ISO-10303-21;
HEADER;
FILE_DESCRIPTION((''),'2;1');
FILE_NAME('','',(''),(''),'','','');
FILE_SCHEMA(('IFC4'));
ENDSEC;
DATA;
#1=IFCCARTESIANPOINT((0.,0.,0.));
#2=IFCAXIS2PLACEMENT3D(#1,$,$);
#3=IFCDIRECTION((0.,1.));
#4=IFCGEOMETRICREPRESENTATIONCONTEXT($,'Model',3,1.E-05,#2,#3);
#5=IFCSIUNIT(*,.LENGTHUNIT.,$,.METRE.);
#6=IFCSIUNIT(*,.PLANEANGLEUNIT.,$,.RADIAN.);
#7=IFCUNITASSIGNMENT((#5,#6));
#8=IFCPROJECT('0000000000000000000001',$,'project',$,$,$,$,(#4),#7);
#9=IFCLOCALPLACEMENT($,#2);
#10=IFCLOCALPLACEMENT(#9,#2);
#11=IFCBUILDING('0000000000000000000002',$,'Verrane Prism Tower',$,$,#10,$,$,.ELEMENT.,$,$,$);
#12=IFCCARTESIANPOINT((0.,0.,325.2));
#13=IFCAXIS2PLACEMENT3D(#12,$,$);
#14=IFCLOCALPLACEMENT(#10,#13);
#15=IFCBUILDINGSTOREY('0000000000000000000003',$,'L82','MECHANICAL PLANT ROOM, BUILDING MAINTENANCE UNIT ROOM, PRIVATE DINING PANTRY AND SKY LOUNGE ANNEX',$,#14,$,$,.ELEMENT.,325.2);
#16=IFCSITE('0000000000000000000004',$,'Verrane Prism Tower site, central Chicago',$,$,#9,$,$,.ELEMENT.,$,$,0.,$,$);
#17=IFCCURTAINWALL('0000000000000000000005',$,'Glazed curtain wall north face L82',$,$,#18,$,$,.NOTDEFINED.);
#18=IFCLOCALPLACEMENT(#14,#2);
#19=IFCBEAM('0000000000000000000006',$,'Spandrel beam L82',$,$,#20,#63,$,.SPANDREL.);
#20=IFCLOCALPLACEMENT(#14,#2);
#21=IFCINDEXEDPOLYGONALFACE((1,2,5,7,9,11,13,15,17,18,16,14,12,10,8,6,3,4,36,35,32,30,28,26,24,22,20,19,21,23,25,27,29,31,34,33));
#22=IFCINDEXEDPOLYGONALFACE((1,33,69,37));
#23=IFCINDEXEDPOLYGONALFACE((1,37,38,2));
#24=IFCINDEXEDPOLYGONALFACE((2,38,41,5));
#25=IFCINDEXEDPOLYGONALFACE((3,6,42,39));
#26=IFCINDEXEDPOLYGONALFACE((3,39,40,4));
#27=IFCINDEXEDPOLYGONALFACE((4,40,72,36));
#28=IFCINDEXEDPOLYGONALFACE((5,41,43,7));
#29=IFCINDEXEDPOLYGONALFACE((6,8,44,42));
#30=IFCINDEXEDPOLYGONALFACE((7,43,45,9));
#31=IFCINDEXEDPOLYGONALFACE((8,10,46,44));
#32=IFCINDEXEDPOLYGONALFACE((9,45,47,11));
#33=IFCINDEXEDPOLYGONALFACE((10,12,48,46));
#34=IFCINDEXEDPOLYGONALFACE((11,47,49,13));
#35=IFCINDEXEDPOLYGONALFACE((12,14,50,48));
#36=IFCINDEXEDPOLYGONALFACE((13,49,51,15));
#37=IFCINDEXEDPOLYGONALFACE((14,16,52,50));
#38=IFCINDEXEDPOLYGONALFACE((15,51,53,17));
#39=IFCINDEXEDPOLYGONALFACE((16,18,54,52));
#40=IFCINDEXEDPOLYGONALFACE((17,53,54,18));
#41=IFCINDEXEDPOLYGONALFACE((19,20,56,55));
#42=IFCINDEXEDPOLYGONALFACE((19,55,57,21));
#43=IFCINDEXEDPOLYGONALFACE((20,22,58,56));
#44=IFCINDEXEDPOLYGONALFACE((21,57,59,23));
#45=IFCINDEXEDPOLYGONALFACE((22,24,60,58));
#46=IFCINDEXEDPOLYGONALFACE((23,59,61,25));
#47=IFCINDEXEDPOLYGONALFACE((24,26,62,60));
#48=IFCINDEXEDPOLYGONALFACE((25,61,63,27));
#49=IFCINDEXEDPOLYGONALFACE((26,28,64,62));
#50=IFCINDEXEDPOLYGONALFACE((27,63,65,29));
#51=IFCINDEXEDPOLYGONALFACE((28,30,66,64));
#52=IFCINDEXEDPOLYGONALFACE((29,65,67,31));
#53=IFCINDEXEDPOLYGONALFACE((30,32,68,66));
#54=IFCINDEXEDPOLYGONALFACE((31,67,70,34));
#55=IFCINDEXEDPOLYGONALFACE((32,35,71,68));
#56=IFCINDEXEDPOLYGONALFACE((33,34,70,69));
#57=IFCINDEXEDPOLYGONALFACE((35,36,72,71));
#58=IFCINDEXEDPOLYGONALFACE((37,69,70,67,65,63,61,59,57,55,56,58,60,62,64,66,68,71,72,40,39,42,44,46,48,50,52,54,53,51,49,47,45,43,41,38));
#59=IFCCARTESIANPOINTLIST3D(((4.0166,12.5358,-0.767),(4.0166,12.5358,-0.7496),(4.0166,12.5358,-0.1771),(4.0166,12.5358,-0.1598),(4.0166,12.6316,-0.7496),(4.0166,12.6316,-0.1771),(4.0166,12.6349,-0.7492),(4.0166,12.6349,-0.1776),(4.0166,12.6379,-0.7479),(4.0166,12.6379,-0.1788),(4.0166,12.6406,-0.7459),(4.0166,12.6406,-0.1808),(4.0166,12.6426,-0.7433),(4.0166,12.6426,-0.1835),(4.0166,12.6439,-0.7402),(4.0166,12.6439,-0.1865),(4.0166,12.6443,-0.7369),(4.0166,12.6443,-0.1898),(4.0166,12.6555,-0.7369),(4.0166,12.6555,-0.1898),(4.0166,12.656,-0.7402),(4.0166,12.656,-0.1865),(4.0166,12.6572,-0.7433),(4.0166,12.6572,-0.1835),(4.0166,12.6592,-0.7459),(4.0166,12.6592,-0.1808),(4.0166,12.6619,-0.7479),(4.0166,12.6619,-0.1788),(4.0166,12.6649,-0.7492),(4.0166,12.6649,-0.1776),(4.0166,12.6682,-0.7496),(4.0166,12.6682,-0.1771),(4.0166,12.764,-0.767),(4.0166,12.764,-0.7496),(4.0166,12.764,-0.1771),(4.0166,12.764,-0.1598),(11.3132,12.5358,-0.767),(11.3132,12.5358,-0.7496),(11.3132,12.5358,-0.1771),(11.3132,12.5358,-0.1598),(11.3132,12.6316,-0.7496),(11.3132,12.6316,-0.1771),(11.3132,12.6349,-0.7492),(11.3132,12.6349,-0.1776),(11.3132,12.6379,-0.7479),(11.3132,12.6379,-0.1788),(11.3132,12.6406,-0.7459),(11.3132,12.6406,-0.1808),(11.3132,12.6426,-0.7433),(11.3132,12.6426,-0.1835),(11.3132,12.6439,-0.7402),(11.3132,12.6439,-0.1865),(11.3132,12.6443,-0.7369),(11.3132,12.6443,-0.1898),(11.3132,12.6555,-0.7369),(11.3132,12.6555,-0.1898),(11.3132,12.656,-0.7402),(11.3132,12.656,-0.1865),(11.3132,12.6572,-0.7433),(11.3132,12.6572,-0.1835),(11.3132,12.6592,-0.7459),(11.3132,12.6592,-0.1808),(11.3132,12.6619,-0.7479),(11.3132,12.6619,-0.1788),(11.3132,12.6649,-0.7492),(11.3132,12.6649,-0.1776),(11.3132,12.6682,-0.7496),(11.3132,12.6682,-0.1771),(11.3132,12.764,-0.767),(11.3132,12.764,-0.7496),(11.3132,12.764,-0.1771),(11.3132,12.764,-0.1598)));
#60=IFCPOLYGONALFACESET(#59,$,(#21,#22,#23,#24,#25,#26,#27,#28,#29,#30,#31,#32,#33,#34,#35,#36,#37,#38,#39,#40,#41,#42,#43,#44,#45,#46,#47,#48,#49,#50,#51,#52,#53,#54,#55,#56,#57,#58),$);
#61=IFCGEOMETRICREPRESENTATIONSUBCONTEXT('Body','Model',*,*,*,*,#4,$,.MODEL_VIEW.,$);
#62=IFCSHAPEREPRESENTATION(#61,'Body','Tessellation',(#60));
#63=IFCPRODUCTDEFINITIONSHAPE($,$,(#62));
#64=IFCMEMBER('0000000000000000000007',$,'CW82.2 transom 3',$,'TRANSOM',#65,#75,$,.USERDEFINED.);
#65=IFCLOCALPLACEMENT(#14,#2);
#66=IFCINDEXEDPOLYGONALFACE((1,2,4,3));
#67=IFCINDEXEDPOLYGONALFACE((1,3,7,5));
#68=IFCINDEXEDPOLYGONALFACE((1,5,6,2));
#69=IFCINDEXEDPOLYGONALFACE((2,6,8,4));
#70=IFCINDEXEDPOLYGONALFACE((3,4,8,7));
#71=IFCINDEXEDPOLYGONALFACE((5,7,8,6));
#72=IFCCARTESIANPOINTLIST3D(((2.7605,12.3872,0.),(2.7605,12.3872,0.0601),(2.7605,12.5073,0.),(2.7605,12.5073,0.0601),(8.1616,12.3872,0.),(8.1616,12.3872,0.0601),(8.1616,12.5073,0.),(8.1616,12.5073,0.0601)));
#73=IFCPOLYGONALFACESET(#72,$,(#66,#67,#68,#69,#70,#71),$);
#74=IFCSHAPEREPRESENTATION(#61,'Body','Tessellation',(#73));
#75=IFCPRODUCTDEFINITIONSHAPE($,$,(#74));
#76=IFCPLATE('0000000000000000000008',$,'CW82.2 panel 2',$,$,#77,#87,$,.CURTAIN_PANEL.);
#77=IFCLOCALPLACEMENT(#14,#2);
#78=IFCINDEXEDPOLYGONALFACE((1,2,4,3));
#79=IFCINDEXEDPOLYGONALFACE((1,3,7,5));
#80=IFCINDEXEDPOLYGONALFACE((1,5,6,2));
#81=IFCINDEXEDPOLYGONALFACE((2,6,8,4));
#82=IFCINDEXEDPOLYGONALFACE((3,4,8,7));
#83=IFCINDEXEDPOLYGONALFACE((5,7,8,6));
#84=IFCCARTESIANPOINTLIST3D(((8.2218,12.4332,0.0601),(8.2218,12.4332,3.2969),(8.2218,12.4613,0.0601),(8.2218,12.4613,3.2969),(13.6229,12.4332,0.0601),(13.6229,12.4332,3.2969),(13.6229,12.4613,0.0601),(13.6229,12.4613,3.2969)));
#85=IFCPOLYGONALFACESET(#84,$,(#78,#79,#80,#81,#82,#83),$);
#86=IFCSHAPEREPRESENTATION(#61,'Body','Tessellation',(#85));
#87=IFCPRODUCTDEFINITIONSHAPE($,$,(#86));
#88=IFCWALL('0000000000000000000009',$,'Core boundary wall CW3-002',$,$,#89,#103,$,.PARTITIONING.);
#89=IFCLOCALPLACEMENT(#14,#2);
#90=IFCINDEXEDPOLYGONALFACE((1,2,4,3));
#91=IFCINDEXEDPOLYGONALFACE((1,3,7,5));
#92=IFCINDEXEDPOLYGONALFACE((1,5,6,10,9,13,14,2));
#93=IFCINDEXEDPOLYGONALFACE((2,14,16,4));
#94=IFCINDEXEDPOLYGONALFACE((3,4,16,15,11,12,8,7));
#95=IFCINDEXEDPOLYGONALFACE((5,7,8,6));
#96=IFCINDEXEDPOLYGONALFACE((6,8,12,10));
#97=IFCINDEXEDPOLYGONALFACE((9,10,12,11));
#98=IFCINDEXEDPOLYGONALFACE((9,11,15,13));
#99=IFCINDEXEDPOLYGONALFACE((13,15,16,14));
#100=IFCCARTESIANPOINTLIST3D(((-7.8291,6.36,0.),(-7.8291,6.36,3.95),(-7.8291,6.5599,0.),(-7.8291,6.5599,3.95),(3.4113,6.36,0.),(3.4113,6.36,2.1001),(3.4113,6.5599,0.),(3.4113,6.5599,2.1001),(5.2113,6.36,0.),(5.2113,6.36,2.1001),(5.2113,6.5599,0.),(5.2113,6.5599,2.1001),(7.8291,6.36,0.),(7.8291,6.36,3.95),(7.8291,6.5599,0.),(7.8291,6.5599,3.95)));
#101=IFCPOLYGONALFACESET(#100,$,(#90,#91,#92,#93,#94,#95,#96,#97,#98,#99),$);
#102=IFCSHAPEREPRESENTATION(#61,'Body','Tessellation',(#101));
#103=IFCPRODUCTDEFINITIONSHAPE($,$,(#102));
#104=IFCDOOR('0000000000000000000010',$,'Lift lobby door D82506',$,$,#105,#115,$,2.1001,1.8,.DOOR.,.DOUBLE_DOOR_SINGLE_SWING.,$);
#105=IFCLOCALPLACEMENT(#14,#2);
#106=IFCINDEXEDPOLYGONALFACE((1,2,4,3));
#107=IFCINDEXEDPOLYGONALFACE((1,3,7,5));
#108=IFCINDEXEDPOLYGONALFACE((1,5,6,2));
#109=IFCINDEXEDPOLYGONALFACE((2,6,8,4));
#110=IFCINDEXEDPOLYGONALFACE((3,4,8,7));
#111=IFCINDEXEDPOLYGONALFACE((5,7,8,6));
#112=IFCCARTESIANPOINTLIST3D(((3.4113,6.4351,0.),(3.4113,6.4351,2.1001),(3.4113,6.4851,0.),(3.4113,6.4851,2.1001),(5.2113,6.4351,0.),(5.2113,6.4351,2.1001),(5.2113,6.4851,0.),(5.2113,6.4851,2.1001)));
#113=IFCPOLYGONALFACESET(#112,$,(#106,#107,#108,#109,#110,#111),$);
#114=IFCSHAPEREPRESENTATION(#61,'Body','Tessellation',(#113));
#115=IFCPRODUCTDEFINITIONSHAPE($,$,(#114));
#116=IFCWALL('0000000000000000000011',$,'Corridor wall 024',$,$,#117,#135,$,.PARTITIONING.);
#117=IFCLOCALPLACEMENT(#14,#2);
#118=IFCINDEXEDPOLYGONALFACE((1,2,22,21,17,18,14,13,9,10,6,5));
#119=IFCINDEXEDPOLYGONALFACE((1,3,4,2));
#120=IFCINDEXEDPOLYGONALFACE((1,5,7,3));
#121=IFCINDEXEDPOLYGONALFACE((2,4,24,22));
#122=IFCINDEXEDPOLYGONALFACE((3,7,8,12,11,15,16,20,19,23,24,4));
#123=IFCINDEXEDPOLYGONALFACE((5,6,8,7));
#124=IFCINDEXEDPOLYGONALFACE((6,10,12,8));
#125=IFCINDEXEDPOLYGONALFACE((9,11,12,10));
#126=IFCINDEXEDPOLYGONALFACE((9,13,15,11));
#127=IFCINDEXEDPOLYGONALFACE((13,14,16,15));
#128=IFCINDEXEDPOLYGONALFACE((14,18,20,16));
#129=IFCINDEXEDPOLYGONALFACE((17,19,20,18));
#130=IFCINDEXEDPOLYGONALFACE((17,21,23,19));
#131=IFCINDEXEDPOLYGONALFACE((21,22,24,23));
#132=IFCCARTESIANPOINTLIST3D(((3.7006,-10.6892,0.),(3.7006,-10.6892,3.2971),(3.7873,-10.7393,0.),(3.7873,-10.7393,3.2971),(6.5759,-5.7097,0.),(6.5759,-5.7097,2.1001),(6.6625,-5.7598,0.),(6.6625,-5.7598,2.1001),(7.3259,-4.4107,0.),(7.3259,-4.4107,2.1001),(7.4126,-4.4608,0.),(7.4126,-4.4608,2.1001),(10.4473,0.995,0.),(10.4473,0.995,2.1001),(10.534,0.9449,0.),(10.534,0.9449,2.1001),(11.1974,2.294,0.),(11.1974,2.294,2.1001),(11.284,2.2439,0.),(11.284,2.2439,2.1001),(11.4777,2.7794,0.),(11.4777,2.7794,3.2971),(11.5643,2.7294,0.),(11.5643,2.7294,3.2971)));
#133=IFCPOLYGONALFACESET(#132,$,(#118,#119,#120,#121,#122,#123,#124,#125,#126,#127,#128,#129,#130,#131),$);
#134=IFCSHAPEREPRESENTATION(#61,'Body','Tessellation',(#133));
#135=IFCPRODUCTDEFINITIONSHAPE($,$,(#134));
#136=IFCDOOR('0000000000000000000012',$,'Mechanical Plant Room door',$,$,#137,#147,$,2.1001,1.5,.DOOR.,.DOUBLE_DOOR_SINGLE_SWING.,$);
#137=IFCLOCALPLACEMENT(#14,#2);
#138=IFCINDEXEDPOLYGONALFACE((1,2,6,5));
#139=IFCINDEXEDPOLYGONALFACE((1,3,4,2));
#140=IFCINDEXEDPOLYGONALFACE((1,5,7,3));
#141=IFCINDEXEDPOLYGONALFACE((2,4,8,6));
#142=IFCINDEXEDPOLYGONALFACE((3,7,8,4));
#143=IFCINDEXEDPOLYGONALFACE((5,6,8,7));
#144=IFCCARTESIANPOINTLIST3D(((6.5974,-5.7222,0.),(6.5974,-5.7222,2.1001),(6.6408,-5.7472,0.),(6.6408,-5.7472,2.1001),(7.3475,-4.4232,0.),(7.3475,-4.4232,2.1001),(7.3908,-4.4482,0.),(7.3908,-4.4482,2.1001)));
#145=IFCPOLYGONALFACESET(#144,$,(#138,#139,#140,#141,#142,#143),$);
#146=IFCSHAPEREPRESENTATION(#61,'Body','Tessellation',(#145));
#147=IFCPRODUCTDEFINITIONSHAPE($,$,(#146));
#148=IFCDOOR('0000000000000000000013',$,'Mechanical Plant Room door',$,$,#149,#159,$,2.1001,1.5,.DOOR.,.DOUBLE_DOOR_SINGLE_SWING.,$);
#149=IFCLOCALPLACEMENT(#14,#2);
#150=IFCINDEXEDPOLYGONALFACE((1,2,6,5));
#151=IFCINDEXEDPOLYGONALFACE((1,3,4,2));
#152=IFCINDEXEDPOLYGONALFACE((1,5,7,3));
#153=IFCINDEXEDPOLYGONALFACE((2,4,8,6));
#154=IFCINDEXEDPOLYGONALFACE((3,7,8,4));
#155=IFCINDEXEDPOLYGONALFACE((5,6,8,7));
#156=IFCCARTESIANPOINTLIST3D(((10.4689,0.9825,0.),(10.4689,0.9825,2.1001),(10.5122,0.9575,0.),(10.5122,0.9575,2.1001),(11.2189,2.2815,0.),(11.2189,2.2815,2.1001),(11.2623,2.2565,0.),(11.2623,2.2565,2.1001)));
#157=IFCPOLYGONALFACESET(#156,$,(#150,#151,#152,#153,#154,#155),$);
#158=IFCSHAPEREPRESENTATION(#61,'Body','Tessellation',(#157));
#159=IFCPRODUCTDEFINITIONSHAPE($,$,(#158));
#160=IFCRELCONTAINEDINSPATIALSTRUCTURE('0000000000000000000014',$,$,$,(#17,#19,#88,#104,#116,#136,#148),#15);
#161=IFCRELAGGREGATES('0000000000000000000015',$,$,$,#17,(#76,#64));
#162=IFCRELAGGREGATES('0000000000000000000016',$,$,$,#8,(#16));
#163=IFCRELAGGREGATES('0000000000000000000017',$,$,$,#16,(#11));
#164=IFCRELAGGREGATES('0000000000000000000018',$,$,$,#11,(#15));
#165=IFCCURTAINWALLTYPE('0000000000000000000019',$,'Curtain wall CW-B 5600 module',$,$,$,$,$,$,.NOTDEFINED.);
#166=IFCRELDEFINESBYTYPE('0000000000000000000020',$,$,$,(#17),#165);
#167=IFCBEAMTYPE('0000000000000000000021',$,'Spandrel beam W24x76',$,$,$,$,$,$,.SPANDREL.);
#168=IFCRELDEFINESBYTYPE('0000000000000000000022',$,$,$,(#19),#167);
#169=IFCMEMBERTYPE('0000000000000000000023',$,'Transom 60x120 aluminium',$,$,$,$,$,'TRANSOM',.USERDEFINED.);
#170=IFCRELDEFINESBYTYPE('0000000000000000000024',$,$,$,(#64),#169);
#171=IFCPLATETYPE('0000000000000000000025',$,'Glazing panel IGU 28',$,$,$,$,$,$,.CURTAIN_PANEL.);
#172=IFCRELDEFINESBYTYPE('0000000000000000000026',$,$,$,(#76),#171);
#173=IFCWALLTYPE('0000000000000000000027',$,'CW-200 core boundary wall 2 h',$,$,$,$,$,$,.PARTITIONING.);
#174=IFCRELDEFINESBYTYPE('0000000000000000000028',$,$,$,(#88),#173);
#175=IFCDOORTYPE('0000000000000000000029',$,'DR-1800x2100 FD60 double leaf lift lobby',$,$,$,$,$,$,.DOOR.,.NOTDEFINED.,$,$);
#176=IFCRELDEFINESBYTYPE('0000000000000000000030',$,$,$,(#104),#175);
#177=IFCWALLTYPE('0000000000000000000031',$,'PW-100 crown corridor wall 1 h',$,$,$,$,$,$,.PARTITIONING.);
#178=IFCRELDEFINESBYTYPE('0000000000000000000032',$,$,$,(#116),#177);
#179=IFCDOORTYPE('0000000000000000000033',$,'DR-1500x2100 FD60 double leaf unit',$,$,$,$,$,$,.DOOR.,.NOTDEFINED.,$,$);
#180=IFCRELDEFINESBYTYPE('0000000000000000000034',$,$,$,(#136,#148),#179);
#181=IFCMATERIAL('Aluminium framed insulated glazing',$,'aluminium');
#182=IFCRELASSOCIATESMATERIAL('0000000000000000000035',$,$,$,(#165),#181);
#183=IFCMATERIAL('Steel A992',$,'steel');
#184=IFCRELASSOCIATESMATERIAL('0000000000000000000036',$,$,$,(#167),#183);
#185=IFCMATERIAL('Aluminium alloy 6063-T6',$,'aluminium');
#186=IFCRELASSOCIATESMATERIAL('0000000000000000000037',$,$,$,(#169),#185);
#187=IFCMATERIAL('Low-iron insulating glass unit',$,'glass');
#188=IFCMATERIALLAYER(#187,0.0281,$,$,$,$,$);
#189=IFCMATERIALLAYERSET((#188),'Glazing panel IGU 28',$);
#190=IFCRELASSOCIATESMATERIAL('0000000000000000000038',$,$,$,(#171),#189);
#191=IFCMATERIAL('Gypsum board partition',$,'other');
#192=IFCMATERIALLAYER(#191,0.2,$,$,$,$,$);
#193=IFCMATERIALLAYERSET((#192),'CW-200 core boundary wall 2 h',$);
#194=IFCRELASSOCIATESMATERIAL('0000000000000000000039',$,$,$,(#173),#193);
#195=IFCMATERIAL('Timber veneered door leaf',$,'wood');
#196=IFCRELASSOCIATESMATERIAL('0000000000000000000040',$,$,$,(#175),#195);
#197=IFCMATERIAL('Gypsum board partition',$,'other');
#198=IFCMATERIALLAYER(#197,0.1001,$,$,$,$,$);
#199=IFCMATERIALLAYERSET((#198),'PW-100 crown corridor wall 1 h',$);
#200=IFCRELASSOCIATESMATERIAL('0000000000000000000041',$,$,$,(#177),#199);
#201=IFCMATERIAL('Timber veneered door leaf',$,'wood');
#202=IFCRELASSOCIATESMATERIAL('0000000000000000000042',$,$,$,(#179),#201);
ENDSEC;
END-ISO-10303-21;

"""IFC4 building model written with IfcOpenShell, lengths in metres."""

from ifc_helpers import new_model, si_unit, direction, frame, frame_2d, origin, origin_2d, place, context, subcontext, project, spatial, rectangle, i_section, extrude, material, layer, layer_set, material_profile, profile_set, type_object, element, fill, aggregate, save


model = new_model("IFC4")

# Units and contexts
model_context = context("Model", 3, precision=1e-05, world=origin(), true_north=direction((0.0, 1.0)))
body_context = subcontext(model_context, "Body", "Model", "MODEL_VIEW")
ifc_project = project(units=[si_unit("LENGTHUNIT", "METRE"), si_unit("PLANEANGLEUNIT", "RADIAN")], contexts=[model_context])

# Site, building, storey
site_placement = place(None, origin())
site = spatial("IfcSite", under=ifc_project, at=site_placement, Name="Verrane Prism Tower site, central Chicago", CompositionType="ELEMENT", RefElevation=0.0)
building_placement = place(site_placement, origin())
building = spatial("IfcBuilding", under=site, at=building_placement, Name="Verrane Prism Tower", CompositionType="ELEMENT")
storey_placement = place(building_placement, frame((0.0, 0.0, 325.2)))
storey = spatial("IfcBuildingStorey", under=building, at=storey_placement, Name="L82", Description="MECHANICAL PLANT ROOM, BUILDING MAINTENANCE UNIT ROOM, PRIVATE DINING PANTRY AND SKY LOUNGE ANNEX", CompositionType="ELEMENT", Elevation=325.2)

# Curtain wall
ifc_material_1 = material(Name="Aluminium framed insulated glazing", Category="aluminium")
curtain_wall_type = type_object("IfcCurtainWallType", Name="Curtain wall CW-B 5600 module", PredefinedType="NOTDEFINED", material=ifc_material_1)
curtain_wall_placement = place(storey_placement, origin())
curtain_wall = element("IfcCurtainWall", 1, at=curtain_wall_placement, inside=storey, type_object=curtain_wall_type, Name="Glazed curtain wall north face L82", PredefinedType="NOTDEFINED")

# Beam
ifc_material_2 = material(Name="Steel A992", Category="steel")
ifc_material_profile_1 = material_profile(ifc_material_2, i_section(OverallWidth=0.2283, OverallDepth=0.6072, WebThickness=0.0112, FlangeThickness=0.0173, FilletRadius=0.0127, at=origin_2d()), Name="W24x76")
ifc_profile_set_1 = profile_set([ifc_material_profile_1], Name="Steel A992")
beam_type_1 = type_object("IfcBeamType", Name="Spandrel beam W24x76", PredefinedType="SPANDREL", material=ifc_profile_set_1)
beam_1_placement = place(storey_placement, frame((11.3132, 12.6499, -0.4634), z_axis=(-1.0, 0.0, 0.0), x_axis=(0.0, -1.0, 0.0)))
element("IfcBeam", 2, at=beam_1_placement, inside=storey, type_object=beam_type_1, Name="Spandrel beam L82", PredefinedType="SPANDREL", context=body_context, shape_type="SweptSolid", body=[
    extrude(i_section(OverallWidth=0.2283, OverallDepth=0.6072, WebThickness=0.0112, FlangeThickness=0.0173, FilletRadius=0.0127, at=origin_2d()), origin(), (0.0, 0.0, 1.0), 7.2966),
])

# Member
ifc_material_3 = material(Name="Aluminium alloy 6063-T6", Category="aluminium")
ifc_material_profile_2 = material_profile(ifc_material_3, rectangle(XDim=0.1201, YDim=0.0601, at=origin_2d()), Name="Transom 60x120 aluminium")
ifc_profile_set_2 = profile_set([ifc_material_profile_2], Name="Aluminium alloy 6063-T6")
member_type_1 = type_object("IfcMemberType", Name="Transom 60x120 aluminium", ElementType="TRANSOM", PredefinedType="USERDEFINED", material=ifc_profile_set_2)
member_1_placement = place(storey_placement, frame((8.1616, 12.4473, 0.03), z_axis=(-1.0, 0.0, 0.0), x_axis=(0.0, -1.0, 0.0)))
member_1 = element("IfcMember", 3, at=member_1_placement, type_object=member_type_1, Name="CW82.2 transom 3", ObjectType="TRANSOM", PredefinedType="USERDEFINED", context=body_context, shape_type="SweptSolid", body=[
    extrude(rectangle(XDim=0.1201, YDim=0.0601, at=origin_2d()), origin(), (0.0, 0.0, 1.0), 5.4011),
])

# Plate
ifc_material_4 = material(Name="Low-iron insulating glass unit", Category="glass")
ifc_layer_1 = layer(ifc_material_4, 0.0281)
ifc_layer_set_1 = layer_set([ifc_layer_1], Name="Glazing panel IGU 28")
plate_type = type_object("IfcPlateType", Name="Glazing panel IGU 28", PredefinedType="CURTAIN_PANEL", material=ifc_layer_set_1)
plate_placement = place(storey_placement, frame((10.9224, 12.4473, 0.0601), z_axis=(0.0, 0.0, 1.0), x_axis=(-1.0, 0.0, 0.0)))
plate = element("IfcPlate", 4, at=plate_placement, type_object=plate_type, Name="CW82.2 panel 2", PredefinedType="CURTAIN_PANEL", context=body_context, shape_type="SweptSolid", body=[
    extrude(rectangle(XDim=5.4011, YDim=0.0281, at=origin_2d()), origin(), (0.0, 0.0, 1.0), 3.2368),
])
aggregate(curtain_wall, [plate, member_1])

# Wall, opening, door
ifc_material_5 = material(Name="Gypsum board partition", Category="other")
ifc_layer_2 = layer(ifc_material_5, 0.2)
ifc_layer_set_2 = layer_set([ifc_layer_2], Name="CW-200 core boundary wall 2 h")
wall_type_1 = type_object("IfcWallType", Name="CW-200 core boundary wall 2 h", PredefinedType="PARTITIONING", material=ifc_layer_set_2)
wall_1_placement = place(storey_placement, frame((7.8291, 6.46, 0.0), z_axis=(0.0, 0.0, 1.0), x_axis=(-1.0, 0.0, 0.0)))
wall_1 = element("IfcWall", 5, at=wall_1_placement, inside=storey, type_object=wall_type_1, Name="Core boundary wall CW3-002", PredefinedType="PARTITIONING", context=body_context, shape_type="SweptSolid", body=[
    extrude(rectangle(XDim=15.6582, YDim=0.2, at=frame_2d((7.8291, 0.0))), origin(), (0.0, 0.0, 1.0), 3.95),
])
opening_1_placement = place(wall_1_placement, frame((2.6179, 0.0, 0.0)))
opening_1 = element("IfcOpeningElement", 6, at=opening_1_placement, cuts=wall_1, PredefinedType="OPENING", context=body_context, shape_type="SweptSolid", body=[
    extrude(rectangle(XDim=1.8, YDim=2.1001, at=frame_2d((0.8999, 1.05))), frame((0.0, 0.1099, 0.0), z_axis=(0.0, -1.0, 0.0), x_axis=(1.0, 0.0, 0.0)), (0.0, 0.0, 1.0), 0.22),
])
ifc_material_6 = material(Name="Timber veneered door leaf", Category="wood")
door_type_1 = type_object("IfcDoorType", Name="DR-1800x2100 FD60 double leaf lift lobby", OperationType="NOTDEFINED", PredefinedType="DOOR", material=ifc_material_6)
door_1_placement = place(opening_1_placement, origin())
door_1 = element("IfcDoor", 7, at=door_1_placement, inside=storey, type_object=door_type_1, Name="Lift lobby door D82506", OperationType="DOUBLE_DOOR_SINGLE_SWING", OverallHeight=2.1001, OverallWidth=1.8, PredefinedType="DOOR", context=body_context, shape_type="SweptSolid", body=[
    extrude(rectangle(XDim=1.8, YDim=2.1001, at=frame_2d((0.8999, 1.05))), frame((0.0, 0.0249, 0.0), z_axis=(0.0, -1.0, 0.0), x_axis=(1.0, 0.0, 0.0)), (0.0, 0.0, 1.0), 0.05),
])
fill(opening_1, door_1)

# Wall, openings, doors
ifc_material_7 = material(Name="Gypsum board partition", Category="other")
ifc_layer_3 = layer(ifc_material_7, 0.1001)
ifc_layer_set_3 = layer_set([ifc_layer_3], Name="PW-100 crown corridor wall 1 h")
wall_type_2 = type_object("IfcWallType", Name="PW-100 crown corridor wall 1 h", PredefinedType="PARTITIONING", material=ifc_layer_set_3)
wall_2_placement = place(storey_placement, frame((11.521, 2.7544, 0.0), z_axis=(0.0, 0.0, 1.0), x_axis=(-0.500044, -0.866, 0.0)))
wall_2 = element("IfcWall", 8, at=wall_2_placement, inside=storey, type_object=wall_type_2, Name="Corridor wall 024", PredefinedType="PARTITIONING", context=body_context, shape_type="SweptSolid", body=[
    extrude(rectangle(XDim=15.5527, YDim=0.1001, at=frame_2d((7.7764, 0.0))), origin(), (0.0, 0.0, 1.0), 3.2971),
])
opening_2_placement = place(wall_2_placement, frame((8.3027, 0.0, 0.0)))
opening_2 = element("IfcOpeningElement", 9, at=opening_2_placement, cuts=wall_2, PredefinedType="OPENING", context=body_context, shape_type="SweptSolid", body=[
    extrude(rectangle(XDim=1.5, YDim=2.1001, at=frame_2d((0.75, 1.05))), frame((0.0, 0.0601, 0.0), z_axis=(0.0, -1.0, 0.0), x_axis=(1.0, 0.0, 0.0)), (0.0, 0.0, 1.0), 0.1201),
])
opening_3_placement = place(wall_2_placement, frame((0.5605, 0.0, 0.0)))
opening_3 = element("IfcOpeningElement", 10, at=opening_3_placement, cuts=wall_2, PredefinedType="OPENING", context=body_context, shape_type="SweptSolid", body=[
    extrude(rectangle(XDim=1.5, YDim=2.1001, at=frame_2d((0.75, 1.05))), frame((0.0, 0.0601, 0.0), z_axis=(0.0, -1.0, 0.0), x_axis=(1.0, 0.0, 0.0)), (0.0, 0.0, 1.0), 0.1201),
])
ifc_material_8 = material(Name="Timber veneered door leaf", Category="wood")
door_type_2 = type_object("IfcDoorType", Name="DR-1500x2100 FD60 double leaf unit", OperationType="NOTDEFINED", PredefinedType="DOOR", material=ifc_material_8)
door_2_placement = place(opening_2_placement, origin())
door_2 = element("IfcDoor", 11, at=door_2_placement, inside=storey, type_object=door_type_2, Name="Mechanical Plant Room door", OperationType="DOUBLE_DOOR_SINGLE_SWING", OverallHeight=2.1001, OverallWidth=1.5, PredefinedType="DOOR", context=body_context, shape_type="SweptSolid", body=[
    extrude(rectangle(XDim=1.5, YDim=2.1001, at=frame_2d((0.75, 1.05))), frame((0.0, 0.0249, 0.0), z_axis=(0.0, -1.0, 0.0), x_axis=(1.0, 0.0, 0.0)), (0.0, 0.0, 1.0), 0.05),
])
fill(opening_2, door_2)
door_3_placement = place(opening_3_placement, origin())
door_3 = element("IfcDoor", 12, at=door_3_placement, inside=storey, type_object=door_type_2, Name="Mechanical Plant Room door", OperationType="DOUBLE_DOOR_SINGLE_SWING", OverallHeight=2.1001, OverallWidth=1.5, PredefinedType="DOOR", context=body_context, shape_type="SweptSolid", body=[
    extrude(rectangle(XDim=1.5, YDim=2.1001, at=frame_2d((0.75, 1.05))), frame((0.0, 0.0249, 0.0), z_axis=(0.0, -1.0, 0.0), x_axis=(1.0, 0.0, 0.0)), (0.0, 0.0, 1.0), 0.05),
])
fill(opening_3, door_3)

save(model, "model.ifc")
